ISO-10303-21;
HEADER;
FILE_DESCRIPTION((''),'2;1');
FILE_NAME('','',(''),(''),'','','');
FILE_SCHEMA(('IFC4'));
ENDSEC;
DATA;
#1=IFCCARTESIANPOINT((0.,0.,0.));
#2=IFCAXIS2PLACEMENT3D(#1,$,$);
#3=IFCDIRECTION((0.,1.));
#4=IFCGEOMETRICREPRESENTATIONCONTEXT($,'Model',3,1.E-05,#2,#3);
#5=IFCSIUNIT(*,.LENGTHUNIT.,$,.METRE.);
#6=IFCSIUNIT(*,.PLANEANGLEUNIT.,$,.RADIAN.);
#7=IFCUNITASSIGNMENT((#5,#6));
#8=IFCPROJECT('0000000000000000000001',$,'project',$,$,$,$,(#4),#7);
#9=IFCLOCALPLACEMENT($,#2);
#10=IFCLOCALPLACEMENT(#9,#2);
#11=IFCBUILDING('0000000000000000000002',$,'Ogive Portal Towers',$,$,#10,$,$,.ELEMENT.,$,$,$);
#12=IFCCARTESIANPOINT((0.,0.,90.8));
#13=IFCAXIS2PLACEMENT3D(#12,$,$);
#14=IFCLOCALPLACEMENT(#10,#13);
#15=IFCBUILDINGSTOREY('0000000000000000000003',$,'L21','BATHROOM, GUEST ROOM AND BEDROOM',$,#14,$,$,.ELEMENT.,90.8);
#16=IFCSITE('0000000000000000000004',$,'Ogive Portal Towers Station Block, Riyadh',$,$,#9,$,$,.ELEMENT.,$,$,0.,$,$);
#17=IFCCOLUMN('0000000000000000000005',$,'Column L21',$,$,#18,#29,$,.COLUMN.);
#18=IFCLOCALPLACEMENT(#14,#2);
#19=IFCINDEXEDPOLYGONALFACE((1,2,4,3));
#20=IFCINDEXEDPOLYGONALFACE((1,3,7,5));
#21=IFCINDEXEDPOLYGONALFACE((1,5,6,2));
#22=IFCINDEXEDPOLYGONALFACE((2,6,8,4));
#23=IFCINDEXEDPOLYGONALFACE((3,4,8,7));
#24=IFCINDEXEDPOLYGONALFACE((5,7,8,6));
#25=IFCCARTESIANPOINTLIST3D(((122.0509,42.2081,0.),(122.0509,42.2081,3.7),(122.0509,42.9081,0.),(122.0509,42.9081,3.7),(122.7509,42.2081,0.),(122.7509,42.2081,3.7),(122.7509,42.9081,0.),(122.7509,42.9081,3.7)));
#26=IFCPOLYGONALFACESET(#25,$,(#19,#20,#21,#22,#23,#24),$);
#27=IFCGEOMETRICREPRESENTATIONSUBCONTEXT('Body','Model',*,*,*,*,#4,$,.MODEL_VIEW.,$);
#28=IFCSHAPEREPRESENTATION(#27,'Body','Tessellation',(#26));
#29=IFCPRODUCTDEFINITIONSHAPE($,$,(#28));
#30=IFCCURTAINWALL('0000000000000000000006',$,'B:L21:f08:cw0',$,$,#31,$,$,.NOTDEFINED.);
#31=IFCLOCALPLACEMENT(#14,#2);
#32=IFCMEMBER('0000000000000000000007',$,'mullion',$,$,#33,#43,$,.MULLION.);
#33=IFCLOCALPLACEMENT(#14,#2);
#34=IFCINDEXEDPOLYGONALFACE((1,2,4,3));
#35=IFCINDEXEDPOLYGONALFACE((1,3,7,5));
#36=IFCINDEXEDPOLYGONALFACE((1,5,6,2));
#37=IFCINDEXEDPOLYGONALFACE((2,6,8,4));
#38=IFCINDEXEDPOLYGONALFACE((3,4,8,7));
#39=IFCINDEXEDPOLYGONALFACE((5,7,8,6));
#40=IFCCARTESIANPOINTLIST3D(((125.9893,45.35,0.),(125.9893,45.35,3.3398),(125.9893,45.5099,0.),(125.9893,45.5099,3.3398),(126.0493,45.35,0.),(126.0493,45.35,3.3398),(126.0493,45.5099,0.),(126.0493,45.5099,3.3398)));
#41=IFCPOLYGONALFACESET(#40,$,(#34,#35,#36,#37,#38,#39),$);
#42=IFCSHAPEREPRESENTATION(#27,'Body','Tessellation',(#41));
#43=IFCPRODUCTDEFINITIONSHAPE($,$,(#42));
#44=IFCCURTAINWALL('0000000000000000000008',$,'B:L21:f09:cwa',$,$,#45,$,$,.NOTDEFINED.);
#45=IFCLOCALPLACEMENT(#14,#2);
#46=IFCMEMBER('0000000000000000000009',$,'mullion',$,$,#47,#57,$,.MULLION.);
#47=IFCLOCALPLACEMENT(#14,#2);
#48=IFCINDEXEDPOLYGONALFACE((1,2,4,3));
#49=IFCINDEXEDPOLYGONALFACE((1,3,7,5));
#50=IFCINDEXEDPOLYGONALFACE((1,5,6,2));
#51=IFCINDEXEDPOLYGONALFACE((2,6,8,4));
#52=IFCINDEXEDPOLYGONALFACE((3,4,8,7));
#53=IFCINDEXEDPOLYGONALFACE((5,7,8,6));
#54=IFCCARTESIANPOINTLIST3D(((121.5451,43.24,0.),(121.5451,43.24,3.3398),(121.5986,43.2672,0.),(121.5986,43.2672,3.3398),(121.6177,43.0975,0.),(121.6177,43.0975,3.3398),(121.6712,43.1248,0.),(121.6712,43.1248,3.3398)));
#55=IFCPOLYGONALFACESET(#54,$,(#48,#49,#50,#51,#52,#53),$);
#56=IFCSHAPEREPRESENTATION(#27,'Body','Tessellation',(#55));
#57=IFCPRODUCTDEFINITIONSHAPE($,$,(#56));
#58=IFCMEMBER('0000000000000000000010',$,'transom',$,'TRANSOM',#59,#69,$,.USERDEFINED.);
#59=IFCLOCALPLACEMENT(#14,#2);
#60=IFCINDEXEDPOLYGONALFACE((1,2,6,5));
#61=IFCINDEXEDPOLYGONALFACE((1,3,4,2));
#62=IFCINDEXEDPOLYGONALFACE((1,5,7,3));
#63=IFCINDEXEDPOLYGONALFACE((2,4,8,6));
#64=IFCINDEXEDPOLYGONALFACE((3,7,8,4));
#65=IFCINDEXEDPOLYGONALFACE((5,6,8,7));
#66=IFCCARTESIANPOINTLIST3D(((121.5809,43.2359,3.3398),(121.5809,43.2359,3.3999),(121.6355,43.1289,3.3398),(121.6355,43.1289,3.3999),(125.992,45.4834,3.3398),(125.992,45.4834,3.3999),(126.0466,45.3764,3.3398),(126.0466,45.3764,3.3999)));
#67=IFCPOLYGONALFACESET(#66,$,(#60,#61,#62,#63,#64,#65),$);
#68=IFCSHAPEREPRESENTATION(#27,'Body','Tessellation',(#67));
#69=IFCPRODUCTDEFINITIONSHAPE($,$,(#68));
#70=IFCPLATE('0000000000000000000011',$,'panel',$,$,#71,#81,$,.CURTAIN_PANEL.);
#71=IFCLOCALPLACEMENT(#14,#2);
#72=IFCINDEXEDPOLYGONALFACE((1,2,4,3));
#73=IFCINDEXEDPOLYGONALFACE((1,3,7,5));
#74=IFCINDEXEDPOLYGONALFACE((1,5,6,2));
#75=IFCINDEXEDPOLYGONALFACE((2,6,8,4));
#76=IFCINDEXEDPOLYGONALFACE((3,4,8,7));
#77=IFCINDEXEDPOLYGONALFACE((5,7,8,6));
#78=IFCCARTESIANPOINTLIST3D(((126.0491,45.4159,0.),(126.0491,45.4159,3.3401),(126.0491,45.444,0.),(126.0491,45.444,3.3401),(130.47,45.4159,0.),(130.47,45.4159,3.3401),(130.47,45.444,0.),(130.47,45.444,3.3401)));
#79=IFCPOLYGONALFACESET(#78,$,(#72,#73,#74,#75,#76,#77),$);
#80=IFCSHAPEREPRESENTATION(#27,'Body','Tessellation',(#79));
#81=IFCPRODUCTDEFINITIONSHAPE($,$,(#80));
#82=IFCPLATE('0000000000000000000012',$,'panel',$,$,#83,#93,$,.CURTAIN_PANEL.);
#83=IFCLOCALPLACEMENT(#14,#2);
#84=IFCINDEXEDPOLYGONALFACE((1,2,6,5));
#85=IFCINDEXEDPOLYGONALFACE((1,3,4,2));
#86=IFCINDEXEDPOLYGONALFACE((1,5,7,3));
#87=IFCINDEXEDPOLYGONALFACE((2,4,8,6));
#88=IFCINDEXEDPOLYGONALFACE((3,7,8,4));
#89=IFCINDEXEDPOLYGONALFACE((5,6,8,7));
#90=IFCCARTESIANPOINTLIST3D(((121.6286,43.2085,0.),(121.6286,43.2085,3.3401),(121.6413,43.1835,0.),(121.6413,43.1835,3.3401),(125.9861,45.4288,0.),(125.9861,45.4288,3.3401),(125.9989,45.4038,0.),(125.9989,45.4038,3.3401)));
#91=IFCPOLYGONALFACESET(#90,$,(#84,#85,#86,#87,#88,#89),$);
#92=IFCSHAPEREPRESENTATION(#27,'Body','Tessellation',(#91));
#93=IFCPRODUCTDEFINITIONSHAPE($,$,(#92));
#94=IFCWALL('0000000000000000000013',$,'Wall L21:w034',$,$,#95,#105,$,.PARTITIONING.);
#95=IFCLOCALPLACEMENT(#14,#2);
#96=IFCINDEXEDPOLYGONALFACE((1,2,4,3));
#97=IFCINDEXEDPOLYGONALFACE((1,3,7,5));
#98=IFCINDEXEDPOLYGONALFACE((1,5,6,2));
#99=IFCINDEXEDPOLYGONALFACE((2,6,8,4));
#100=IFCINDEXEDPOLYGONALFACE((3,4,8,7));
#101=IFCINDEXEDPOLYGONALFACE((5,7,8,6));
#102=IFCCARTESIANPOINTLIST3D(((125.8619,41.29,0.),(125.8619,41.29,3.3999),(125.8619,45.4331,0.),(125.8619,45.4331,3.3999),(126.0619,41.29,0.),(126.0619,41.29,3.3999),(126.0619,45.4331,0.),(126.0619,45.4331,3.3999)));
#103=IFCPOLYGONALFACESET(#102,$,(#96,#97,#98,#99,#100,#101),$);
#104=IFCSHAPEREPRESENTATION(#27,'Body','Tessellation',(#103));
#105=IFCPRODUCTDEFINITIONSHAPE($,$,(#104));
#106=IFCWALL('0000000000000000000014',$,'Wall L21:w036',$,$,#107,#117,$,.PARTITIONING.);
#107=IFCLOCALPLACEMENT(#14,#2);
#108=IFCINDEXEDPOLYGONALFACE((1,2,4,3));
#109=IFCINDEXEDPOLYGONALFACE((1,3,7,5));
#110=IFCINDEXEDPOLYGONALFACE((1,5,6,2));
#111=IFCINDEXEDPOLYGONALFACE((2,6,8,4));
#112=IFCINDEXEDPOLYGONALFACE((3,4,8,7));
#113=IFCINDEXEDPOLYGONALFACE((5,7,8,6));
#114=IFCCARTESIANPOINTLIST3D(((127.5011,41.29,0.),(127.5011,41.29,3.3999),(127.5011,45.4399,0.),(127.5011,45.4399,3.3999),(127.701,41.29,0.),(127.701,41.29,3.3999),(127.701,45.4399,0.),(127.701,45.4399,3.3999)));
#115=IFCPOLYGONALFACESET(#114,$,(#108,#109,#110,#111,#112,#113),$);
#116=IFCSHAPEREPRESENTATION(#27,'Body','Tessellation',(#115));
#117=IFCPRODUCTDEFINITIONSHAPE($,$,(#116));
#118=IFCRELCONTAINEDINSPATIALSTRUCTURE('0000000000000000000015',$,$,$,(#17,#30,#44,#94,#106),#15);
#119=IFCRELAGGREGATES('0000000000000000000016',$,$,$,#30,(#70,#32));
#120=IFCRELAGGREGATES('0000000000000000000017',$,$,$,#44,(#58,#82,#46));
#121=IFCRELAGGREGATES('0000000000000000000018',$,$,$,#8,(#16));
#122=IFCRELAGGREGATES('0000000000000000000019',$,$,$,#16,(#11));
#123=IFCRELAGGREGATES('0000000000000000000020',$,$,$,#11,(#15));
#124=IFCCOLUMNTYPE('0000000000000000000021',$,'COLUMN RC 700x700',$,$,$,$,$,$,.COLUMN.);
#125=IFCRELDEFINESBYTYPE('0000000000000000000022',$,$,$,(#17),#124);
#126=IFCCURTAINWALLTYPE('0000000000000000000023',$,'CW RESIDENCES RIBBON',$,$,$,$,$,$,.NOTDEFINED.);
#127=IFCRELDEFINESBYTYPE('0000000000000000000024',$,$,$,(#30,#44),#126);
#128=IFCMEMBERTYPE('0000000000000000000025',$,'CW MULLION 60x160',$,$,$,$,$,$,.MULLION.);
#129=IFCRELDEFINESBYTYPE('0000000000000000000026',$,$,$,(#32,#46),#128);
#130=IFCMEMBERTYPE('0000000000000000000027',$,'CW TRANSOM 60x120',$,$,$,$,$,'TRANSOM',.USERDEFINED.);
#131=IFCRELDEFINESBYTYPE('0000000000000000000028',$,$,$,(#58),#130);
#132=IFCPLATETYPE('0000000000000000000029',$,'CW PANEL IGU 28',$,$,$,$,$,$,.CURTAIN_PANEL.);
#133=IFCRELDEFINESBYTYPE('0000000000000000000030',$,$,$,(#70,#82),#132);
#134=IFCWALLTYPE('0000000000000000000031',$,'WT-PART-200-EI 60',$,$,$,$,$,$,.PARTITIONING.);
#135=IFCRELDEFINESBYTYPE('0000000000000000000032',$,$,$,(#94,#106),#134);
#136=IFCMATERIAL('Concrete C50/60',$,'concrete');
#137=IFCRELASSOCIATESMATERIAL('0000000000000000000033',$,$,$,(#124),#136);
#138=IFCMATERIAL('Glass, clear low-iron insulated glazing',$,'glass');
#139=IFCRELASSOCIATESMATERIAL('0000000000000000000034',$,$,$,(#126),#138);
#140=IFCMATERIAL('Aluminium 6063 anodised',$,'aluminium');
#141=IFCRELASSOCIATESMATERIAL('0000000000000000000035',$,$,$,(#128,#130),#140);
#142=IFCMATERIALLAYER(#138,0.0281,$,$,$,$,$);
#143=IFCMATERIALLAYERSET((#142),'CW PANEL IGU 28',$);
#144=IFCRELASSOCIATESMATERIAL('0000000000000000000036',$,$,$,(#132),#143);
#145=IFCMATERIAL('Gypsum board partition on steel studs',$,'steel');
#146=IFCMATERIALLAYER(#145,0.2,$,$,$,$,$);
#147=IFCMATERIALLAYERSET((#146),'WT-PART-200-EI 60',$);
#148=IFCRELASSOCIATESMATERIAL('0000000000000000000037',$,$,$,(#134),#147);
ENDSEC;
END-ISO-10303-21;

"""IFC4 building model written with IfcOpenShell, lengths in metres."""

from ifc_helpers import new_model, si_unit, direction, frame, frame_2d, origin, origin_2d, place, context, subcontext, project, spatial, rectangle, extrude, material, layer, layer_set, material_profile, profile_set, type_object, element, aggregate, save


model = new_model("IFC4")

# Units and contexts
model_context = context("Model", 3, precision=1e-05, world=origin(), true_north=direction((0.0, 1.0)))
body_context = subcontext(model_context, "Body", "Model", "MODEL_VIEW")
ifc_project = project(units=[si_unit("LENGTHUNIT", "METRE"), si_unit("PLANEANGLEUNIT", "RADIAN")], contexts=[model_context])

# Site, building, storey
site_placement = place(None, origin())
site = spatial("IfcSite", under=ifc_project, at=site_placement, Name="Ogive Portal Towers Station Block, Riyadh", CompositionType="ELEMENT", RefElevation=0.0)
building_placement = place(site_placement, origin())
building = spatial("IfcBuilding", under=site, at=building_placement, Name="Ogive Portal Towers", CompositionType="ELEMENT")
storey_placement = place(building_placement, frame((0.0, 0.0, 90.8)))
storey = spatial("IfcBuildingStorey", under=building, at=storey_placement, Name="L21", Description="BATHROOM, GUEST ROOM AND BEDROOM", CompositionType="ELEMENT", Elevation=90.8)

# Column
ifc_material_1 = material(Name="Concrete C50/60", Category="concrete")
ifc_material_profile_1 = material_profile(ifc_material_1, rectangle(XDim=0.7, YDim=0.7, at=origin_2d()), Name="RC 700x700")
ifc_profile_set_1 = profile_set([ifc_material_profile_1], Name="Concrete C50/60")
column_type = type_object("IfcColumnType", Name="COLUMN RC 700x700", PredefinedType="COLUMN", material=ifc_profile_set_1)
column_placement = place(storey_placement, frame((122.4009, 42.5581, 0.0), z_axis=(0.0, 0.0, 1.0), x_axis=(1.0, 0.0, 0.0)))
element("IfcColumn", 1, at=column_placement, inside=storey, type_object=column_type, Name="Column L21", PredefinedType="COLUMN", context=body_context, shape_type="SweptSolid", body=[
    extrude(rectangle(XDim=0.7, YDim=0.7, at=origin_2d()), origin(), (0.0, 0.0, 1.0), 3.7),
])

# Curtain wall, member
ifc_material_2 = material(Name="Glass, clear low-iron insulated glazing", Category="glass")
curtain_wall_type = type_object("IfcCurtainWallType", Name="CW RESIDENCES RIBBON", PredefinedType="NOTDEFINED", material=ifc_material_2)
curtain_wall_1_placement = place(storey_placement, origin())
curtain_wall_1 = element("IfcCurtainWall", 2, at=curtain_wall_1_placement, inside=storey, type_object=curtain_wall_type, Name="B:L21:f08:cw0", PredefinedType="NOTDEFINED")
ifc_material_3 = material(Name="Aluminium 6063 anodised", Category="aluminium")
ifc_material_profile_2 = material_profile(ifc_material_3, rectangle(XDim=0.1599, YDim=0.0601, at=origin_2d()), Name="AL 60x160")
ifc_profile_set_2 = profile_set([ifc_material_profile_2], Name="Aluminium 6063 anodised")
member_type_1 = type_object("IfcMemberType", Name="CW MULLION 60x160", PredefinedType="MULLION", material=ifc_profile_set_2)
member_1_placement = place(storey_placement, frame((126.0193, 45.4299, 0.0), z_axis=(0.0, 0.0, 1.0), x_axis=(0.0, -1.0, 0.0)))
member_1 = element("IfcMember", 3, at=member_1_placement, type_object=member_type_1, Name="mullion", PredefinedType="MULLION", context=body_context, shape_type="SweptSolid", body=[
    extrude(rectangle(XDim=0.1599, YDim=0.0601, at=origin_2d()), origin(), (0.0, 0.0, 1.0), 3.3398),
])

# Curtain wall, members
curtain_wall_2_placement = place(storey_placement, origin())
curtain_wall_2 = element("IfcCurtainWall", 4, at=curtain_wall_2_placement, inside=storey, type_object=curtain_wall_type, Name="B:L21:f09:cwa", PredefinedType="NOTDEFINED")
member_2_placement = place(storey_placement, frame((121.6082, 43.1824, 0.0), z_axis=(0.0, 0.0, 1.0), x_axis=(0.45399, -0.891007, 0.0)))
member_2 = element("IfcMember", 5, at=member_2_placement, type_object=member_type_1, Name="mullion", PredefinedType="MULLION", context=body_context, shape_type="SweptSolid", body=[
    extrude(rectangle(XDim=0.1599, YDim=0.0601, at=origin_2d()), origin(), (0.0, 0.0, 1.0), 3.3398),
])
ifc_material_profile_3 = material_profile(ifc_material_3, rectangle(XDim=0.1201, YDim=0.0601, at=origin_2d()), Name="AL 120x60")
ifc_profile_set_3 = profile_set([ifc_material_profile_3], Name="Aluminium 6063 anodised")
member_type_2 = type_object("IfcMemberType", Name="CW TRANSOM 60x120", ElementType="TRANSOM", PredefinedType="USERDEFINED", material=ifc_profile_set_3)
member_3_placement = place(storey_placement, frame((126.0193, 45.4299, 3.3699), z_axis=(-0.891009, -0.453986, 0.0), x_axis=(0.453986, -0.891009, 0.0)))
member_3 = element("IfcMember", 6, at=member_3_placement, type_object=member_type_2, Name="transom", ObjectType="TRANSOM", PredefinedType="USERDEFINED", context=body_context, shape_type="SweptSolid", body=[
    extrude(rectangle(XDim=0.1201, YDim=0.0601, at=origin_2d()), origin(), (0.0, 0.0, 1.0), 4.9507),
])

# Plates
ifc_layer_1 = layer(ifc_material_2, 0.0281)
ifc_layer_set_1 = layer_set([ifc_layer_1], Name="CW PANEL IGU 28")
plate_type = type_object("IfcPlateType", Name="CW PANEL IGU 28", PredefinedType="CURTAIN_PANEL", material=ifc_layer_set_1)
plate_1_placement = place(storey_placement, frame((128.2595, 45.4299, 0.0), z_axis=(0.0, 0.0, 1.0), x_axis=(-1.0, 0.0, 0.0)))
plate_1 = element("IfcPlate", 7, at=plate_1_placement, type_object=plate_type, Name="panel", PredefinedType="CURTAIN_PANEL", context=body_context, shape_type="SweptSolid", body=[
    extrude(rectangle(XDim=4.4209, YDim=0.0281, at=origin_2d()), origin(), (0.0, 0.0, 1.0), 3.3401),
])
aggregate(curtain_wall_1, [plate_1, member_1])
plate_2_placement = place(storey_placement, frame((123.8137, 44.3062, 0.0), z_axis=(0.0, 0.0, 1.0), x_axis=(-0.891007, -0.45399, 0.0)))
plate_2 = element("IfcPlate", 8, at=plate_2_placement, type_object=plate_type, Name="panel", PredefinedType="CURTAIN_PANEL", context=body_context, shape_type="SweptSolid", body=[
    extrude(rectangle(XDim=4.8906, YDim=0.0281, at=origin_2d()), origin(), (0.0, 0.0, 1.0), 3.3401),
])
aggregate(curtain_wall_2, [member_3, plate_2, member_2])

# Walls
ifc_material_4 = material(Name="Gypsum board partition on steel studs", Category="steel")
ifc_layer_2 = layer(ifc_material_4, 0.2)
ifc_layer_set_2 = layer_set([ifc_layer_2], Name="WT-PART-200-EI 60")
wall_type = type_object("IfcWallType", Name="WT-PART-200-EI 60", PredefinedType="PARTITIONING", material=ifc_layer_set_2)
wall_1_placement = place(storey_placement, frame((125.9619, 41.29, 0.0), z_axis=(0.0, 0.0, 1.0), x_axis=(0.0, 1.0, 0.0)))
element("IfcWall", 9, at=wall_1_placement, inside=storey, type_object=wall_type, Name="Wall L21:w034", PredefinedType="PARTITIONING", context=body_context, shape_type="SweptSolid", body=[
    extrude(rectangle(XDim=4.1431, YDim=0.2, at=frame_2d((2.0715, 0.0))), origin(), (0.0, 0.0, 1.0), 3.3999),
])
wall_2_placement = place(storey_placement, frame((127.6011, 41.29, 0.0), z_axis=(0.0, 0.0, 1.0), x_axis=(0.0, 1.0, 0.0)))
element("IfcWall", 10, at=wall_2_placement, inside=storey, type_object=wall_type, Name="Wall L21:w036", PredefinedType="PARTITIONING", context=body_context, shape_type="SweptSolid", body=[
    extrude(rectangle(XDim=4.1499, YDim=0.2, at=frame_2d((2.075, 0.0))), origin(), (0.0, 0.0, 1.0), 3.3999),
])

save(model, "model.ifc")
